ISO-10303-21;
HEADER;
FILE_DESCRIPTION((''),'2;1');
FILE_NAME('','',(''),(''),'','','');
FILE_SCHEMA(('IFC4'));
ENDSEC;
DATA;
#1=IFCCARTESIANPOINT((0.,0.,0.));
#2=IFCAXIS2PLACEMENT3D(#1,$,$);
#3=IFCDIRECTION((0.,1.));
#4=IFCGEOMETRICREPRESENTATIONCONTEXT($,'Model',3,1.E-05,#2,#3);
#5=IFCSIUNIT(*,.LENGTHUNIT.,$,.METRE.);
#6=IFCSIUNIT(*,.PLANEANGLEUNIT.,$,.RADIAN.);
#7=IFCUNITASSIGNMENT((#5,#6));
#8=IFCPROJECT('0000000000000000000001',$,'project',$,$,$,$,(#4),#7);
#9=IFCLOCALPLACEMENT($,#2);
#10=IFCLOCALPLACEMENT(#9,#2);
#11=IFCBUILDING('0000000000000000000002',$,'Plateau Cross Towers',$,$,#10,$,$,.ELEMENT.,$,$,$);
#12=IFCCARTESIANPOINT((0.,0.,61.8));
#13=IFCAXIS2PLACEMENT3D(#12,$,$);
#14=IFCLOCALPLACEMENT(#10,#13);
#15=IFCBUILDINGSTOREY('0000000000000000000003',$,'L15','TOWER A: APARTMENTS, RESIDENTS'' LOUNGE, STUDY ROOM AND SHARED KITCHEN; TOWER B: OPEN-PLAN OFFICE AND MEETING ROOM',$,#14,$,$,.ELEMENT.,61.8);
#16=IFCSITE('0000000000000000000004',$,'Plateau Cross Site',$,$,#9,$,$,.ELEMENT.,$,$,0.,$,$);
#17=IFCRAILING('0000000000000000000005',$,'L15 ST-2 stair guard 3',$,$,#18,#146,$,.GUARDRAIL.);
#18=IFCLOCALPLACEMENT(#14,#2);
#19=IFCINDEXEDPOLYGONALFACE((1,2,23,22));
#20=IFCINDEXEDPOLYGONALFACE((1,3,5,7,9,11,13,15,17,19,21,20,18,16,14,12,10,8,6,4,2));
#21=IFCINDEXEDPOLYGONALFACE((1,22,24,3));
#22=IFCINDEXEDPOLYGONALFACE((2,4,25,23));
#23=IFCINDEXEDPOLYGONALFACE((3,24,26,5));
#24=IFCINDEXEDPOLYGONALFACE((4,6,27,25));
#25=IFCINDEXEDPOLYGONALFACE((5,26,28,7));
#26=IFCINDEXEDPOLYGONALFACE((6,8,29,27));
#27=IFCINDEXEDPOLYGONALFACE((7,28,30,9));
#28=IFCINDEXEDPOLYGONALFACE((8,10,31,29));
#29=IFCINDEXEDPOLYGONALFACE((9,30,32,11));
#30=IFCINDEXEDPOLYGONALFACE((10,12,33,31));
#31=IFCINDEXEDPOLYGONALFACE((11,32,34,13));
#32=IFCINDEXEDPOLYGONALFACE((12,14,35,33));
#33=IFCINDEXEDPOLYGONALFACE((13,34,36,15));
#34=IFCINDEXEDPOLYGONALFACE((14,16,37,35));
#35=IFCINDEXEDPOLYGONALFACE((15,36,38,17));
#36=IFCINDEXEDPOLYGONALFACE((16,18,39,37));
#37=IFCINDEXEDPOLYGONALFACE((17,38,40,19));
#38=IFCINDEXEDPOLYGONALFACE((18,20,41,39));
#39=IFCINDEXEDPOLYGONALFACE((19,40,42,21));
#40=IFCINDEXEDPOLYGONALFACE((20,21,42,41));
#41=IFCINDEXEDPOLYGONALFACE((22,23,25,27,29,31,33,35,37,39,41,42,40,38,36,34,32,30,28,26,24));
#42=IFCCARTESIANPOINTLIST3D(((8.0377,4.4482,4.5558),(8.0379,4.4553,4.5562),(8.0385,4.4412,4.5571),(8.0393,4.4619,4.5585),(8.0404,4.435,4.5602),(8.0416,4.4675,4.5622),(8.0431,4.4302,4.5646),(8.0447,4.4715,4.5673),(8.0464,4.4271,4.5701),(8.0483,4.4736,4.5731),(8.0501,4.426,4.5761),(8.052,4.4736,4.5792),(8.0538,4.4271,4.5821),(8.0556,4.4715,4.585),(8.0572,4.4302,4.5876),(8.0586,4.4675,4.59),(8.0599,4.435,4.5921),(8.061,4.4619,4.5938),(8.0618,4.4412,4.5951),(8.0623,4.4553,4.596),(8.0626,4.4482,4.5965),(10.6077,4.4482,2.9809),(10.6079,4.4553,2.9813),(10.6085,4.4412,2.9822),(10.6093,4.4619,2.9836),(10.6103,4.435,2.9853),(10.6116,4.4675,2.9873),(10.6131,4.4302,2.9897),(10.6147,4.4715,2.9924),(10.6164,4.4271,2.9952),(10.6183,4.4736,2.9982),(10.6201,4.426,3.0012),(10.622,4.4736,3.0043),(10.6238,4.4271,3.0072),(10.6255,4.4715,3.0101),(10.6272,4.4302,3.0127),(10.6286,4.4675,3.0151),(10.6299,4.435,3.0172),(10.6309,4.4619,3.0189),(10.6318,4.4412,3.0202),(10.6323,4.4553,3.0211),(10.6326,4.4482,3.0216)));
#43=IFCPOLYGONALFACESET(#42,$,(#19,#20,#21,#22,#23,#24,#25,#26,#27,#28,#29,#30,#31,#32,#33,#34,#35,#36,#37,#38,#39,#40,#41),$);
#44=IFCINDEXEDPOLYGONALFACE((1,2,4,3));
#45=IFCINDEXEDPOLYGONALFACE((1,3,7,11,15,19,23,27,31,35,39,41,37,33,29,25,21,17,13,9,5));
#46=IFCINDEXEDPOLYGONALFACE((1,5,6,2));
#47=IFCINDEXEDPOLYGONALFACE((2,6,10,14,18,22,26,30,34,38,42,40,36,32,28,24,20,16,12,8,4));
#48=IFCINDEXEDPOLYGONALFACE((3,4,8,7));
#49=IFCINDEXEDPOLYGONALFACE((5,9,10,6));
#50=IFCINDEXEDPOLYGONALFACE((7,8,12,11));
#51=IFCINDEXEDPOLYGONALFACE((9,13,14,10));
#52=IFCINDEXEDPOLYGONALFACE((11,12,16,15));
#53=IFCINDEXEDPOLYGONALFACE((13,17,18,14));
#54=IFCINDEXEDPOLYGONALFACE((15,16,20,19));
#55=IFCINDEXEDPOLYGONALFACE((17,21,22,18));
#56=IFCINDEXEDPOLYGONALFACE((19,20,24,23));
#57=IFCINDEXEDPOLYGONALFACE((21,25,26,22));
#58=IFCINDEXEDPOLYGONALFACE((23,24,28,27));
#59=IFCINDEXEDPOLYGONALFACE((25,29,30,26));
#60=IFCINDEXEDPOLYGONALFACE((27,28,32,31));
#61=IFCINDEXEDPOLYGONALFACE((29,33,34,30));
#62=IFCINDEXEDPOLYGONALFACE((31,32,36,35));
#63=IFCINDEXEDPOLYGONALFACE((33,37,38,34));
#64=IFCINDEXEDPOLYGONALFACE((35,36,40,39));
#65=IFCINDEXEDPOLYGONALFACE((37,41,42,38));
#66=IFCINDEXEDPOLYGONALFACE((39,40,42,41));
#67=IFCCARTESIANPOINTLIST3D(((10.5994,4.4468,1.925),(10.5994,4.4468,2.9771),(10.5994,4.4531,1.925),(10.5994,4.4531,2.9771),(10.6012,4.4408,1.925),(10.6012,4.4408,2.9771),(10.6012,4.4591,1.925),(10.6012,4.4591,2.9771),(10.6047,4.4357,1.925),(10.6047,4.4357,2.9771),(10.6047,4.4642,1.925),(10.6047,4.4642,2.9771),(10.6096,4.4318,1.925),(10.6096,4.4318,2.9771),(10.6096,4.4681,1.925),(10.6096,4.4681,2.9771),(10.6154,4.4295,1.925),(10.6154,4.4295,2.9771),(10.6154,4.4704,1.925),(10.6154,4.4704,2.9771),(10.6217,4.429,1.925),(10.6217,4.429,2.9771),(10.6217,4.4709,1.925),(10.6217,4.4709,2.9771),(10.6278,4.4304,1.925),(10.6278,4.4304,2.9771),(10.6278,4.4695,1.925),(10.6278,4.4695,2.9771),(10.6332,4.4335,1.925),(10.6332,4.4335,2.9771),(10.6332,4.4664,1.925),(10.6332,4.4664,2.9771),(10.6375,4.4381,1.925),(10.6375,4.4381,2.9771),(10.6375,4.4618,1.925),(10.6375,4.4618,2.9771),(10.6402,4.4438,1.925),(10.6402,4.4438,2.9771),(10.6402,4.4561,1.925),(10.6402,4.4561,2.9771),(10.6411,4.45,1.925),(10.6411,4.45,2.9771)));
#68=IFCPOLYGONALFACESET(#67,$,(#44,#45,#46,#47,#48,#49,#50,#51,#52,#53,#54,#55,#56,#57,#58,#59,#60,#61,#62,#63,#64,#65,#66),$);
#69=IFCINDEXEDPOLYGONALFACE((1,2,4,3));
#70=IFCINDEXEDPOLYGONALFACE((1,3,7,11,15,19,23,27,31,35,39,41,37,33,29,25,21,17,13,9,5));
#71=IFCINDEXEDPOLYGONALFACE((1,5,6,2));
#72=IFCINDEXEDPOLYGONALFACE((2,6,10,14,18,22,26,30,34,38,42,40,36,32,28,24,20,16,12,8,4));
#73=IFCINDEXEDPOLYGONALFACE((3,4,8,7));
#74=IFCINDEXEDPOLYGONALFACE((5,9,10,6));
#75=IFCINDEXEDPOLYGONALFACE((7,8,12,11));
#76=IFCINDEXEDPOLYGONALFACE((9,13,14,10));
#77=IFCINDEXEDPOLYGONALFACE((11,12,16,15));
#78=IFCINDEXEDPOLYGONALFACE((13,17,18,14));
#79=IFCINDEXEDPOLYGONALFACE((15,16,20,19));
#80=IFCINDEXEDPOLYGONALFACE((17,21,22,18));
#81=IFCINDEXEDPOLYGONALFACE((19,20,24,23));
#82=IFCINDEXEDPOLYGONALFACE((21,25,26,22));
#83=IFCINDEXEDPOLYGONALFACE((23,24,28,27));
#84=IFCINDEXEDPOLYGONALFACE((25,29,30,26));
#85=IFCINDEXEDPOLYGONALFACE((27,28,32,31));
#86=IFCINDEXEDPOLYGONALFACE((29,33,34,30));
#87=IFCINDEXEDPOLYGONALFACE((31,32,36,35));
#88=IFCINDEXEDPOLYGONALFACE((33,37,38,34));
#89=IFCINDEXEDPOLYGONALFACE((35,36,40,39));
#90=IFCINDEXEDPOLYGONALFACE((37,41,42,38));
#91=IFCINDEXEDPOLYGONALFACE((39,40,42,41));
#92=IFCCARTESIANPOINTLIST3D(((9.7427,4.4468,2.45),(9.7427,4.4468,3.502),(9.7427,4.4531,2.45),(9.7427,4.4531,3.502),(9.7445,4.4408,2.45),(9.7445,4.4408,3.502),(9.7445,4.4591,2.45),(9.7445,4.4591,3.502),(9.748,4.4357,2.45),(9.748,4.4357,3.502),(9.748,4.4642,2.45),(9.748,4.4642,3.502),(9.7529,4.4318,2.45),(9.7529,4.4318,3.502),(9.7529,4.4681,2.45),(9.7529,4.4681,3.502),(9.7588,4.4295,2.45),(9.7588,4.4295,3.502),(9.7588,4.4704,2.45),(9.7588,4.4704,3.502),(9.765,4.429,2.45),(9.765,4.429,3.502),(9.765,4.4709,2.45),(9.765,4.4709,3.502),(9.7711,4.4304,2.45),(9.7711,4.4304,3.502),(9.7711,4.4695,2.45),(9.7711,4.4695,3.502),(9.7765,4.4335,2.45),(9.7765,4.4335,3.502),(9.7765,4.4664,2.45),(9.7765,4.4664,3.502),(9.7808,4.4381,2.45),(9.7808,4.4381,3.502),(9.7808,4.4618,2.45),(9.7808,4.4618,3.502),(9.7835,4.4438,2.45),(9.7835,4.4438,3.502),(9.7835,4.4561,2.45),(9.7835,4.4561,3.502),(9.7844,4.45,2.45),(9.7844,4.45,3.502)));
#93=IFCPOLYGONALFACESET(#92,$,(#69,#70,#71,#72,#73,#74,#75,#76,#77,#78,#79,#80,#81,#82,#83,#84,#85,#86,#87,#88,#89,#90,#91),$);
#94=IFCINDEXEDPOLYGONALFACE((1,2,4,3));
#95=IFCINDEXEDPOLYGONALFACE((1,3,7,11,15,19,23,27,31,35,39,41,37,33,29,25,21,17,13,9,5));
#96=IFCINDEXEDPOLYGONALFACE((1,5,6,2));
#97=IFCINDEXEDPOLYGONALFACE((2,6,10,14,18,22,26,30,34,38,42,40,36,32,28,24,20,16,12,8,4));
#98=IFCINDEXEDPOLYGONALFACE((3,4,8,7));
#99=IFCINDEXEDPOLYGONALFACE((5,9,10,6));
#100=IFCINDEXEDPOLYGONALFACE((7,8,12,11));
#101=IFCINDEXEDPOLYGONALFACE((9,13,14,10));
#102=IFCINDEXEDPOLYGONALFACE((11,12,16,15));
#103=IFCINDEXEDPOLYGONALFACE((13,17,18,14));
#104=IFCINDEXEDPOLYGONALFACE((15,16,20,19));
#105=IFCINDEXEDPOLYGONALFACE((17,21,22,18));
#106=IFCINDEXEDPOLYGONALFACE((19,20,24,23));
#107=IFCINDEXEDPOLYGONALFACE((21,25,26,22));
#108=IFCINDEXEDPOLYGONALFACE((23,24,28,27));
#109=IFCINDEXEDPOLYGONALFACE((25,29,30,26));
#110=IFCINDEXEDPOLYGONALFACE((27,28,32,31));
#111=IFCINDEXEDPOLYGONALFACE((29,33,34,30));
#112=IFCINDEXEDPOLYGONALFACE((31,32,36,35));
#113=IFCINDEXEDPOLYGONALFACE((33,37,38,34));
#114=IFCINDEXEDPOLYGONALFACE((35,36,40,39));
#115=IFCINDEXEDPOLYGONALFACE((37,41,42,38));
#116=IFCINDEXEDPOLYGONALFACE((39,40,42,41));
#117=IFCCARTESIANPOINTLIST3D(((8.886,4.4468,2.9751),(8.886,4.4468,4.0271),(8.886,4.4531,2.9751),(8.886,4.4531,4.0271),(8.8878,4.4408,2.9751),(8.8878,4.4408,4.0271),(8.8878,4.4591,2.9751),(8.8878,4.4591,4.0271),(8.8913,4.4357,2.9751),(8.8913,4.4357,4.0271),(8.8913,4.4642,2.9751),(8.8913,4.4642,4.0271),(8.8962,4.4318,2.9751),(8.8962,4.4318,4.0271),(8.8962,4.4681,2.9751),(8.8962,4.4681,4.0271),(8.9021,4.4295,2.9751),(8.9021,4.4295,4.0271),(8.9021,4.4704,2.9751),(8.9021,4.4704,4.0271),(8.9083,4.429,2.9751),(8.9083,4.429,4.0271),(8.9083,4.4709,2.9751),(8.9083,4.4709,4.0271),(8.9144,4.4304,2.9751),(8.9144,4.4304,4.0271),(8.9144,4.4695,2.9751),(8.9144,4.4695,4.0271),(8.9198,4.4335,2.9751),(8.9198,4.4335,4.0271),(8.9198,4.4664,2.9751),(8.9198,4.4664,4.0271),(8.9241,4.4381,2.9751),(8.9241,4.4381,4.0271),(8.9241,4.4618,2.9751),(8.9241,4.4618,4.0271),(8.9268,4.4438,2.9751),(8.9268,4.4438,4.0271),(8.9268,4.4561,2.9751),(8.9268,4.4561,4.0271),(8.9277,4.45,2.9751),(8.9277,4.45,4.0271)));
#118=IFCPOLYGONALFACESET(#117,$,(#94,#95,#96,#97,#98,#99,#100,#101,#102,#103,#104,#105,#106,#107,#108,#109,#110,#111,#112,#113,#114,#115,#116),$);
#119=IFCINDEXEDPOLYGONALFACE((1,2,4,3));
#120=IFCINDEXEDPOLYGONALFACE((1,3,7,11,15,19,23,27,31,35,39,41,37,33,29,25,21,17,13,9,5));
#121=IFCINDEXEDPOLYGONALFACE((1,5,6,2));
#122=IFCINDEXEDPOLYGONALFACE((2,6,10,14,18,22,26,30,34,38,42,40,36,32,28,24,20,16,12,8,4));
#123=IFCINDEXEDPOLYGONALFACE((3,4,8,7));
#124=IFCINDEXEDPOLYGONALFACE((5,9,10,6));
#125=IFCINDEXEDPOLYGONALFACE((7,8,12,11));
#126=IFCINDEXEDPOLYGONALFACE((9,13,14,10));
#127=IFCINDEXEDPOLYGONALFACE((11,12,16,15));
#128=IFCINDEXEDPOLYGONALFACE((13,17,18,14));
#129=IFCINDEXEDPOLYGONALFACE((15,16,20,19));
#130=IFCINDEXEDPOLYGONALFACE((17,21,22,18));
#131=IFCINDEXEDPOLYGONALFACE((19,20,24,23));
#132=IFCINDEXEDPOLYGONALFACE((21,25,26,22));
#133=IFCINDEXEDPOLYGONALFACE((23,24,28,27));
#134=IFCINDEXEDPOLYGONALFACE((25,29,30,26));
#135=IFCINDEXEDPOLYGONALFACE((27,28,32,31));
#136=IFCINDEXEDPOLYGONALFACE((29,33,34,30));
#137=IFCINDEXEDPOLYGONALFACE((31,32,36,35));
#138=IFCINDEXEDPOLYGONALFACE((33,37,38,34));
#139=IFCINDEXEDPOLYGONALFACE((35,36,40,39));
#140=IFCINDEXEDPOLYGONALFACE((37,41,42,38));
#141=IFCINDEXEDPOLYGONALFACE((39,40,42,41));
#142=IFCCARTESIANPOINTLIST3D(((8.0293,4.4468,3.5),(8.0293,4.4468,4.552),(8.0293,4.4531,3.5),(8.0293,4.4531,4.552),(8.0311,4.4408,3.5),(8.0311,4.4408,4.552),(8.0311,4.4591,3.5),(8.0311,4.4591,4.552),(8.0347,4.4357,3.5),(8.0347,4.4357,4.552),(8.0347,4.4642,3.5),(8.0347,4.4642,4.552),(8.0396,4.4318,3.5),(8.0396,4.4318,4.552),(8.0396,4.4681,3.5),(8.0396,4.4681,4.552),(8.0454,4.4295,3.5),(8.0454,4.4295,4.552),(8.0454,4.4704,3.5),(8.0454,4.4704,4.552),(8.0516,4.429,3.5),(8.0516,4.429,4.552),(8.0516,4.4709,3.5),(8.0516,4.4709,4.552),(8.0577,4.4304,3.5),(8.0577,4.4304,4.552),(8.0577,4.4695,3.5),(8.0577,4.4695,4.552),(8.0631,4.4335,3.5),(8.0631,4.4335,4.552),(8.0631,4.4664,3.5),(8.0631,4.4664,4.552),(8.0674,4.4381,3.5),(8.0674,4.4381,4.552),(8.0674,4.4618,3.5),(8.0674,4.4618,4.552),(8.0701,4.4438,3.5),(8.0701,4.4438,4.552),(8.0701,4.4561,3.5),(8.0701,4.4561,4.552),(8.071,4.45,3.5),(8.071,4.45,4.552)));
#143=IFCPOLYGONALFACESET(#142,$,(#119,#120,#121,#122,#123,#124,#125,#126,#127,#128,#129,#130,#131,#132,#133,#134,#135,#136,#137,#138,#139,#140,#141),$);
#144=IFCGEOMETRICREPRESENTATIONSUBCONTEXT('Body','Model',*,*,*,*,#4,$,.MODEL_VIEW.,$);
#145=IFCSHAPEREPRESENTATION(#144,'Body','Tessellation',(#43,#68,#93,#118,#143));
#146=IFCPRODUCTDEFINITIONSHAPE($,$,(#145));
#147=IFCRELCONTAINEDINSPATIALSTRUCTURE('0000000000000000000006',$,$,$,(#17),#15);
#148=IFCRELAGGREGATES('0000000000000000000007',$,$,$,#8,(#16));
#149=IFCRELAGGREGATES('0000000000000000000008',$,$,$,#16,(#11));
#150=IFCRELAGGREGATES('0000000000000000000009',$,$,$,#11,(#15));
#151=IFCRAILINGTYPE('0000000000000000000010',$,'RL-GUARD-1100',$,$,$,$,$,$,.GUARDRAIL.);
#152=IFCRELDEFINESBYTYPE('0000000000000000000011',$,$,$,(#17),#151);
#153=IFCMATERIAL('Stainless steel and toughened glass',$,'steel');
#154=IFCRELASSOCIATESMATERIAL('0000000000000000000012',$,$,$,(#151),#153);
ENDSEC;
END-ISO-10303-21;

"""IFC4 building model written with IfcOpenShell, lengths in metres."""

from ifc_helpers import new_model, si_unit, direction, frame, origin, origin_2d, place, context, subcontext, project, spatial, circle, extrude, material, type_object, element, save


model = new_model("IFC4")

# Units and contexts
model_context = context("Model", 3, precision=1e-05, world=origin(), true_north=direction((0.0, 1.0)))
body_context = subcontext(model_context, "Body", "Model", "MODEL_VIEW")
ifc_project = project(units=[si_unit("LENGTHUNIT", "METRE"), si_unit("PLANEANGLEUNIT", "RADIAN")], contexts=[model_context])

# Site, building, storey
site_placement = place(None, origin())
site = spatial("IfcSite", under=ifc_project, at=site_placement, Name="Plateau Cross Site", CompositionType="ELEMENT", RefElevation=0.0)
building_placement = place(site_placement, origin())
building = spatial("IfcBuilding", under=site, at=building_placement, Name="Plateau Cross Towers", CompositionType="ELEMENT")
storey_placement = place(building_placement, frame((0.0, 0.0, 61.8)))
storey = spatial("IfcBuildingStorey", under=building, at=storey_placement, Name="L15", Description="TOWER A: APARTMENTS, RESIDENTS' LOUNGE, STUDY ROOM AND SHARED KITCHEN; TOWER B: OPEN-PLAN OFFICE AND MEETING ROOM", CompositionType="ELEMENT", Elevation=61.8)

# Railing
ifc_material_1 = material(Name="Stainless steel and toughened glass", Category="steel")
railing_type_1 = type_object("IfcRailingType", Name="RL-GUARD-1100", PredefinedType="GUARDRAIL", material=ifc_material_1)
railing_1_placement = place(storey_placement, frame((10.6201, 4.45, 1.925)))
element("IfcRailing", 1, at=railing_1_placement, inside=storey, type_object=railing_type_1, Name="L15 ST-2 stair guard 3", PredefinedType="GUARDRAIL", context=body_context, shape_type="SweptSolid", body=[
    extrude(circle(Radius=0.0239, at=origin_2d()), frame((0.0, 0.0, 1.0762), z_axis=(-0.852639, 0.0, 0.522501), x_axis=(0.0, -1.0, 0.0)), (0.0, 0.0, 1.0), 3.0142),
    extrude(circle(Radius=0.021, at=origin_2d()), origin(), (0.0, 0.0, 1.0), 1.052),
    extrude(circle(Radius=0.021, at=origin_2d()), frame((-0.8567, 0.0, 0.5249)), (0.0, 0.0, 1.0), 1.052),
    extrude(circle(Radius=0.021, at=origin_2d()), frame((-1.7134, 0.0, 1.05)), (0.0, 0.0, 1.0), 1.052),
    extrude(circle(Radius=0.021, at=origin_2d()), frame((-2.5701, 0.0, 1.575)), (0.0, 0.0, 1.0), 1.052),
])

save(model, "model.ifc")
